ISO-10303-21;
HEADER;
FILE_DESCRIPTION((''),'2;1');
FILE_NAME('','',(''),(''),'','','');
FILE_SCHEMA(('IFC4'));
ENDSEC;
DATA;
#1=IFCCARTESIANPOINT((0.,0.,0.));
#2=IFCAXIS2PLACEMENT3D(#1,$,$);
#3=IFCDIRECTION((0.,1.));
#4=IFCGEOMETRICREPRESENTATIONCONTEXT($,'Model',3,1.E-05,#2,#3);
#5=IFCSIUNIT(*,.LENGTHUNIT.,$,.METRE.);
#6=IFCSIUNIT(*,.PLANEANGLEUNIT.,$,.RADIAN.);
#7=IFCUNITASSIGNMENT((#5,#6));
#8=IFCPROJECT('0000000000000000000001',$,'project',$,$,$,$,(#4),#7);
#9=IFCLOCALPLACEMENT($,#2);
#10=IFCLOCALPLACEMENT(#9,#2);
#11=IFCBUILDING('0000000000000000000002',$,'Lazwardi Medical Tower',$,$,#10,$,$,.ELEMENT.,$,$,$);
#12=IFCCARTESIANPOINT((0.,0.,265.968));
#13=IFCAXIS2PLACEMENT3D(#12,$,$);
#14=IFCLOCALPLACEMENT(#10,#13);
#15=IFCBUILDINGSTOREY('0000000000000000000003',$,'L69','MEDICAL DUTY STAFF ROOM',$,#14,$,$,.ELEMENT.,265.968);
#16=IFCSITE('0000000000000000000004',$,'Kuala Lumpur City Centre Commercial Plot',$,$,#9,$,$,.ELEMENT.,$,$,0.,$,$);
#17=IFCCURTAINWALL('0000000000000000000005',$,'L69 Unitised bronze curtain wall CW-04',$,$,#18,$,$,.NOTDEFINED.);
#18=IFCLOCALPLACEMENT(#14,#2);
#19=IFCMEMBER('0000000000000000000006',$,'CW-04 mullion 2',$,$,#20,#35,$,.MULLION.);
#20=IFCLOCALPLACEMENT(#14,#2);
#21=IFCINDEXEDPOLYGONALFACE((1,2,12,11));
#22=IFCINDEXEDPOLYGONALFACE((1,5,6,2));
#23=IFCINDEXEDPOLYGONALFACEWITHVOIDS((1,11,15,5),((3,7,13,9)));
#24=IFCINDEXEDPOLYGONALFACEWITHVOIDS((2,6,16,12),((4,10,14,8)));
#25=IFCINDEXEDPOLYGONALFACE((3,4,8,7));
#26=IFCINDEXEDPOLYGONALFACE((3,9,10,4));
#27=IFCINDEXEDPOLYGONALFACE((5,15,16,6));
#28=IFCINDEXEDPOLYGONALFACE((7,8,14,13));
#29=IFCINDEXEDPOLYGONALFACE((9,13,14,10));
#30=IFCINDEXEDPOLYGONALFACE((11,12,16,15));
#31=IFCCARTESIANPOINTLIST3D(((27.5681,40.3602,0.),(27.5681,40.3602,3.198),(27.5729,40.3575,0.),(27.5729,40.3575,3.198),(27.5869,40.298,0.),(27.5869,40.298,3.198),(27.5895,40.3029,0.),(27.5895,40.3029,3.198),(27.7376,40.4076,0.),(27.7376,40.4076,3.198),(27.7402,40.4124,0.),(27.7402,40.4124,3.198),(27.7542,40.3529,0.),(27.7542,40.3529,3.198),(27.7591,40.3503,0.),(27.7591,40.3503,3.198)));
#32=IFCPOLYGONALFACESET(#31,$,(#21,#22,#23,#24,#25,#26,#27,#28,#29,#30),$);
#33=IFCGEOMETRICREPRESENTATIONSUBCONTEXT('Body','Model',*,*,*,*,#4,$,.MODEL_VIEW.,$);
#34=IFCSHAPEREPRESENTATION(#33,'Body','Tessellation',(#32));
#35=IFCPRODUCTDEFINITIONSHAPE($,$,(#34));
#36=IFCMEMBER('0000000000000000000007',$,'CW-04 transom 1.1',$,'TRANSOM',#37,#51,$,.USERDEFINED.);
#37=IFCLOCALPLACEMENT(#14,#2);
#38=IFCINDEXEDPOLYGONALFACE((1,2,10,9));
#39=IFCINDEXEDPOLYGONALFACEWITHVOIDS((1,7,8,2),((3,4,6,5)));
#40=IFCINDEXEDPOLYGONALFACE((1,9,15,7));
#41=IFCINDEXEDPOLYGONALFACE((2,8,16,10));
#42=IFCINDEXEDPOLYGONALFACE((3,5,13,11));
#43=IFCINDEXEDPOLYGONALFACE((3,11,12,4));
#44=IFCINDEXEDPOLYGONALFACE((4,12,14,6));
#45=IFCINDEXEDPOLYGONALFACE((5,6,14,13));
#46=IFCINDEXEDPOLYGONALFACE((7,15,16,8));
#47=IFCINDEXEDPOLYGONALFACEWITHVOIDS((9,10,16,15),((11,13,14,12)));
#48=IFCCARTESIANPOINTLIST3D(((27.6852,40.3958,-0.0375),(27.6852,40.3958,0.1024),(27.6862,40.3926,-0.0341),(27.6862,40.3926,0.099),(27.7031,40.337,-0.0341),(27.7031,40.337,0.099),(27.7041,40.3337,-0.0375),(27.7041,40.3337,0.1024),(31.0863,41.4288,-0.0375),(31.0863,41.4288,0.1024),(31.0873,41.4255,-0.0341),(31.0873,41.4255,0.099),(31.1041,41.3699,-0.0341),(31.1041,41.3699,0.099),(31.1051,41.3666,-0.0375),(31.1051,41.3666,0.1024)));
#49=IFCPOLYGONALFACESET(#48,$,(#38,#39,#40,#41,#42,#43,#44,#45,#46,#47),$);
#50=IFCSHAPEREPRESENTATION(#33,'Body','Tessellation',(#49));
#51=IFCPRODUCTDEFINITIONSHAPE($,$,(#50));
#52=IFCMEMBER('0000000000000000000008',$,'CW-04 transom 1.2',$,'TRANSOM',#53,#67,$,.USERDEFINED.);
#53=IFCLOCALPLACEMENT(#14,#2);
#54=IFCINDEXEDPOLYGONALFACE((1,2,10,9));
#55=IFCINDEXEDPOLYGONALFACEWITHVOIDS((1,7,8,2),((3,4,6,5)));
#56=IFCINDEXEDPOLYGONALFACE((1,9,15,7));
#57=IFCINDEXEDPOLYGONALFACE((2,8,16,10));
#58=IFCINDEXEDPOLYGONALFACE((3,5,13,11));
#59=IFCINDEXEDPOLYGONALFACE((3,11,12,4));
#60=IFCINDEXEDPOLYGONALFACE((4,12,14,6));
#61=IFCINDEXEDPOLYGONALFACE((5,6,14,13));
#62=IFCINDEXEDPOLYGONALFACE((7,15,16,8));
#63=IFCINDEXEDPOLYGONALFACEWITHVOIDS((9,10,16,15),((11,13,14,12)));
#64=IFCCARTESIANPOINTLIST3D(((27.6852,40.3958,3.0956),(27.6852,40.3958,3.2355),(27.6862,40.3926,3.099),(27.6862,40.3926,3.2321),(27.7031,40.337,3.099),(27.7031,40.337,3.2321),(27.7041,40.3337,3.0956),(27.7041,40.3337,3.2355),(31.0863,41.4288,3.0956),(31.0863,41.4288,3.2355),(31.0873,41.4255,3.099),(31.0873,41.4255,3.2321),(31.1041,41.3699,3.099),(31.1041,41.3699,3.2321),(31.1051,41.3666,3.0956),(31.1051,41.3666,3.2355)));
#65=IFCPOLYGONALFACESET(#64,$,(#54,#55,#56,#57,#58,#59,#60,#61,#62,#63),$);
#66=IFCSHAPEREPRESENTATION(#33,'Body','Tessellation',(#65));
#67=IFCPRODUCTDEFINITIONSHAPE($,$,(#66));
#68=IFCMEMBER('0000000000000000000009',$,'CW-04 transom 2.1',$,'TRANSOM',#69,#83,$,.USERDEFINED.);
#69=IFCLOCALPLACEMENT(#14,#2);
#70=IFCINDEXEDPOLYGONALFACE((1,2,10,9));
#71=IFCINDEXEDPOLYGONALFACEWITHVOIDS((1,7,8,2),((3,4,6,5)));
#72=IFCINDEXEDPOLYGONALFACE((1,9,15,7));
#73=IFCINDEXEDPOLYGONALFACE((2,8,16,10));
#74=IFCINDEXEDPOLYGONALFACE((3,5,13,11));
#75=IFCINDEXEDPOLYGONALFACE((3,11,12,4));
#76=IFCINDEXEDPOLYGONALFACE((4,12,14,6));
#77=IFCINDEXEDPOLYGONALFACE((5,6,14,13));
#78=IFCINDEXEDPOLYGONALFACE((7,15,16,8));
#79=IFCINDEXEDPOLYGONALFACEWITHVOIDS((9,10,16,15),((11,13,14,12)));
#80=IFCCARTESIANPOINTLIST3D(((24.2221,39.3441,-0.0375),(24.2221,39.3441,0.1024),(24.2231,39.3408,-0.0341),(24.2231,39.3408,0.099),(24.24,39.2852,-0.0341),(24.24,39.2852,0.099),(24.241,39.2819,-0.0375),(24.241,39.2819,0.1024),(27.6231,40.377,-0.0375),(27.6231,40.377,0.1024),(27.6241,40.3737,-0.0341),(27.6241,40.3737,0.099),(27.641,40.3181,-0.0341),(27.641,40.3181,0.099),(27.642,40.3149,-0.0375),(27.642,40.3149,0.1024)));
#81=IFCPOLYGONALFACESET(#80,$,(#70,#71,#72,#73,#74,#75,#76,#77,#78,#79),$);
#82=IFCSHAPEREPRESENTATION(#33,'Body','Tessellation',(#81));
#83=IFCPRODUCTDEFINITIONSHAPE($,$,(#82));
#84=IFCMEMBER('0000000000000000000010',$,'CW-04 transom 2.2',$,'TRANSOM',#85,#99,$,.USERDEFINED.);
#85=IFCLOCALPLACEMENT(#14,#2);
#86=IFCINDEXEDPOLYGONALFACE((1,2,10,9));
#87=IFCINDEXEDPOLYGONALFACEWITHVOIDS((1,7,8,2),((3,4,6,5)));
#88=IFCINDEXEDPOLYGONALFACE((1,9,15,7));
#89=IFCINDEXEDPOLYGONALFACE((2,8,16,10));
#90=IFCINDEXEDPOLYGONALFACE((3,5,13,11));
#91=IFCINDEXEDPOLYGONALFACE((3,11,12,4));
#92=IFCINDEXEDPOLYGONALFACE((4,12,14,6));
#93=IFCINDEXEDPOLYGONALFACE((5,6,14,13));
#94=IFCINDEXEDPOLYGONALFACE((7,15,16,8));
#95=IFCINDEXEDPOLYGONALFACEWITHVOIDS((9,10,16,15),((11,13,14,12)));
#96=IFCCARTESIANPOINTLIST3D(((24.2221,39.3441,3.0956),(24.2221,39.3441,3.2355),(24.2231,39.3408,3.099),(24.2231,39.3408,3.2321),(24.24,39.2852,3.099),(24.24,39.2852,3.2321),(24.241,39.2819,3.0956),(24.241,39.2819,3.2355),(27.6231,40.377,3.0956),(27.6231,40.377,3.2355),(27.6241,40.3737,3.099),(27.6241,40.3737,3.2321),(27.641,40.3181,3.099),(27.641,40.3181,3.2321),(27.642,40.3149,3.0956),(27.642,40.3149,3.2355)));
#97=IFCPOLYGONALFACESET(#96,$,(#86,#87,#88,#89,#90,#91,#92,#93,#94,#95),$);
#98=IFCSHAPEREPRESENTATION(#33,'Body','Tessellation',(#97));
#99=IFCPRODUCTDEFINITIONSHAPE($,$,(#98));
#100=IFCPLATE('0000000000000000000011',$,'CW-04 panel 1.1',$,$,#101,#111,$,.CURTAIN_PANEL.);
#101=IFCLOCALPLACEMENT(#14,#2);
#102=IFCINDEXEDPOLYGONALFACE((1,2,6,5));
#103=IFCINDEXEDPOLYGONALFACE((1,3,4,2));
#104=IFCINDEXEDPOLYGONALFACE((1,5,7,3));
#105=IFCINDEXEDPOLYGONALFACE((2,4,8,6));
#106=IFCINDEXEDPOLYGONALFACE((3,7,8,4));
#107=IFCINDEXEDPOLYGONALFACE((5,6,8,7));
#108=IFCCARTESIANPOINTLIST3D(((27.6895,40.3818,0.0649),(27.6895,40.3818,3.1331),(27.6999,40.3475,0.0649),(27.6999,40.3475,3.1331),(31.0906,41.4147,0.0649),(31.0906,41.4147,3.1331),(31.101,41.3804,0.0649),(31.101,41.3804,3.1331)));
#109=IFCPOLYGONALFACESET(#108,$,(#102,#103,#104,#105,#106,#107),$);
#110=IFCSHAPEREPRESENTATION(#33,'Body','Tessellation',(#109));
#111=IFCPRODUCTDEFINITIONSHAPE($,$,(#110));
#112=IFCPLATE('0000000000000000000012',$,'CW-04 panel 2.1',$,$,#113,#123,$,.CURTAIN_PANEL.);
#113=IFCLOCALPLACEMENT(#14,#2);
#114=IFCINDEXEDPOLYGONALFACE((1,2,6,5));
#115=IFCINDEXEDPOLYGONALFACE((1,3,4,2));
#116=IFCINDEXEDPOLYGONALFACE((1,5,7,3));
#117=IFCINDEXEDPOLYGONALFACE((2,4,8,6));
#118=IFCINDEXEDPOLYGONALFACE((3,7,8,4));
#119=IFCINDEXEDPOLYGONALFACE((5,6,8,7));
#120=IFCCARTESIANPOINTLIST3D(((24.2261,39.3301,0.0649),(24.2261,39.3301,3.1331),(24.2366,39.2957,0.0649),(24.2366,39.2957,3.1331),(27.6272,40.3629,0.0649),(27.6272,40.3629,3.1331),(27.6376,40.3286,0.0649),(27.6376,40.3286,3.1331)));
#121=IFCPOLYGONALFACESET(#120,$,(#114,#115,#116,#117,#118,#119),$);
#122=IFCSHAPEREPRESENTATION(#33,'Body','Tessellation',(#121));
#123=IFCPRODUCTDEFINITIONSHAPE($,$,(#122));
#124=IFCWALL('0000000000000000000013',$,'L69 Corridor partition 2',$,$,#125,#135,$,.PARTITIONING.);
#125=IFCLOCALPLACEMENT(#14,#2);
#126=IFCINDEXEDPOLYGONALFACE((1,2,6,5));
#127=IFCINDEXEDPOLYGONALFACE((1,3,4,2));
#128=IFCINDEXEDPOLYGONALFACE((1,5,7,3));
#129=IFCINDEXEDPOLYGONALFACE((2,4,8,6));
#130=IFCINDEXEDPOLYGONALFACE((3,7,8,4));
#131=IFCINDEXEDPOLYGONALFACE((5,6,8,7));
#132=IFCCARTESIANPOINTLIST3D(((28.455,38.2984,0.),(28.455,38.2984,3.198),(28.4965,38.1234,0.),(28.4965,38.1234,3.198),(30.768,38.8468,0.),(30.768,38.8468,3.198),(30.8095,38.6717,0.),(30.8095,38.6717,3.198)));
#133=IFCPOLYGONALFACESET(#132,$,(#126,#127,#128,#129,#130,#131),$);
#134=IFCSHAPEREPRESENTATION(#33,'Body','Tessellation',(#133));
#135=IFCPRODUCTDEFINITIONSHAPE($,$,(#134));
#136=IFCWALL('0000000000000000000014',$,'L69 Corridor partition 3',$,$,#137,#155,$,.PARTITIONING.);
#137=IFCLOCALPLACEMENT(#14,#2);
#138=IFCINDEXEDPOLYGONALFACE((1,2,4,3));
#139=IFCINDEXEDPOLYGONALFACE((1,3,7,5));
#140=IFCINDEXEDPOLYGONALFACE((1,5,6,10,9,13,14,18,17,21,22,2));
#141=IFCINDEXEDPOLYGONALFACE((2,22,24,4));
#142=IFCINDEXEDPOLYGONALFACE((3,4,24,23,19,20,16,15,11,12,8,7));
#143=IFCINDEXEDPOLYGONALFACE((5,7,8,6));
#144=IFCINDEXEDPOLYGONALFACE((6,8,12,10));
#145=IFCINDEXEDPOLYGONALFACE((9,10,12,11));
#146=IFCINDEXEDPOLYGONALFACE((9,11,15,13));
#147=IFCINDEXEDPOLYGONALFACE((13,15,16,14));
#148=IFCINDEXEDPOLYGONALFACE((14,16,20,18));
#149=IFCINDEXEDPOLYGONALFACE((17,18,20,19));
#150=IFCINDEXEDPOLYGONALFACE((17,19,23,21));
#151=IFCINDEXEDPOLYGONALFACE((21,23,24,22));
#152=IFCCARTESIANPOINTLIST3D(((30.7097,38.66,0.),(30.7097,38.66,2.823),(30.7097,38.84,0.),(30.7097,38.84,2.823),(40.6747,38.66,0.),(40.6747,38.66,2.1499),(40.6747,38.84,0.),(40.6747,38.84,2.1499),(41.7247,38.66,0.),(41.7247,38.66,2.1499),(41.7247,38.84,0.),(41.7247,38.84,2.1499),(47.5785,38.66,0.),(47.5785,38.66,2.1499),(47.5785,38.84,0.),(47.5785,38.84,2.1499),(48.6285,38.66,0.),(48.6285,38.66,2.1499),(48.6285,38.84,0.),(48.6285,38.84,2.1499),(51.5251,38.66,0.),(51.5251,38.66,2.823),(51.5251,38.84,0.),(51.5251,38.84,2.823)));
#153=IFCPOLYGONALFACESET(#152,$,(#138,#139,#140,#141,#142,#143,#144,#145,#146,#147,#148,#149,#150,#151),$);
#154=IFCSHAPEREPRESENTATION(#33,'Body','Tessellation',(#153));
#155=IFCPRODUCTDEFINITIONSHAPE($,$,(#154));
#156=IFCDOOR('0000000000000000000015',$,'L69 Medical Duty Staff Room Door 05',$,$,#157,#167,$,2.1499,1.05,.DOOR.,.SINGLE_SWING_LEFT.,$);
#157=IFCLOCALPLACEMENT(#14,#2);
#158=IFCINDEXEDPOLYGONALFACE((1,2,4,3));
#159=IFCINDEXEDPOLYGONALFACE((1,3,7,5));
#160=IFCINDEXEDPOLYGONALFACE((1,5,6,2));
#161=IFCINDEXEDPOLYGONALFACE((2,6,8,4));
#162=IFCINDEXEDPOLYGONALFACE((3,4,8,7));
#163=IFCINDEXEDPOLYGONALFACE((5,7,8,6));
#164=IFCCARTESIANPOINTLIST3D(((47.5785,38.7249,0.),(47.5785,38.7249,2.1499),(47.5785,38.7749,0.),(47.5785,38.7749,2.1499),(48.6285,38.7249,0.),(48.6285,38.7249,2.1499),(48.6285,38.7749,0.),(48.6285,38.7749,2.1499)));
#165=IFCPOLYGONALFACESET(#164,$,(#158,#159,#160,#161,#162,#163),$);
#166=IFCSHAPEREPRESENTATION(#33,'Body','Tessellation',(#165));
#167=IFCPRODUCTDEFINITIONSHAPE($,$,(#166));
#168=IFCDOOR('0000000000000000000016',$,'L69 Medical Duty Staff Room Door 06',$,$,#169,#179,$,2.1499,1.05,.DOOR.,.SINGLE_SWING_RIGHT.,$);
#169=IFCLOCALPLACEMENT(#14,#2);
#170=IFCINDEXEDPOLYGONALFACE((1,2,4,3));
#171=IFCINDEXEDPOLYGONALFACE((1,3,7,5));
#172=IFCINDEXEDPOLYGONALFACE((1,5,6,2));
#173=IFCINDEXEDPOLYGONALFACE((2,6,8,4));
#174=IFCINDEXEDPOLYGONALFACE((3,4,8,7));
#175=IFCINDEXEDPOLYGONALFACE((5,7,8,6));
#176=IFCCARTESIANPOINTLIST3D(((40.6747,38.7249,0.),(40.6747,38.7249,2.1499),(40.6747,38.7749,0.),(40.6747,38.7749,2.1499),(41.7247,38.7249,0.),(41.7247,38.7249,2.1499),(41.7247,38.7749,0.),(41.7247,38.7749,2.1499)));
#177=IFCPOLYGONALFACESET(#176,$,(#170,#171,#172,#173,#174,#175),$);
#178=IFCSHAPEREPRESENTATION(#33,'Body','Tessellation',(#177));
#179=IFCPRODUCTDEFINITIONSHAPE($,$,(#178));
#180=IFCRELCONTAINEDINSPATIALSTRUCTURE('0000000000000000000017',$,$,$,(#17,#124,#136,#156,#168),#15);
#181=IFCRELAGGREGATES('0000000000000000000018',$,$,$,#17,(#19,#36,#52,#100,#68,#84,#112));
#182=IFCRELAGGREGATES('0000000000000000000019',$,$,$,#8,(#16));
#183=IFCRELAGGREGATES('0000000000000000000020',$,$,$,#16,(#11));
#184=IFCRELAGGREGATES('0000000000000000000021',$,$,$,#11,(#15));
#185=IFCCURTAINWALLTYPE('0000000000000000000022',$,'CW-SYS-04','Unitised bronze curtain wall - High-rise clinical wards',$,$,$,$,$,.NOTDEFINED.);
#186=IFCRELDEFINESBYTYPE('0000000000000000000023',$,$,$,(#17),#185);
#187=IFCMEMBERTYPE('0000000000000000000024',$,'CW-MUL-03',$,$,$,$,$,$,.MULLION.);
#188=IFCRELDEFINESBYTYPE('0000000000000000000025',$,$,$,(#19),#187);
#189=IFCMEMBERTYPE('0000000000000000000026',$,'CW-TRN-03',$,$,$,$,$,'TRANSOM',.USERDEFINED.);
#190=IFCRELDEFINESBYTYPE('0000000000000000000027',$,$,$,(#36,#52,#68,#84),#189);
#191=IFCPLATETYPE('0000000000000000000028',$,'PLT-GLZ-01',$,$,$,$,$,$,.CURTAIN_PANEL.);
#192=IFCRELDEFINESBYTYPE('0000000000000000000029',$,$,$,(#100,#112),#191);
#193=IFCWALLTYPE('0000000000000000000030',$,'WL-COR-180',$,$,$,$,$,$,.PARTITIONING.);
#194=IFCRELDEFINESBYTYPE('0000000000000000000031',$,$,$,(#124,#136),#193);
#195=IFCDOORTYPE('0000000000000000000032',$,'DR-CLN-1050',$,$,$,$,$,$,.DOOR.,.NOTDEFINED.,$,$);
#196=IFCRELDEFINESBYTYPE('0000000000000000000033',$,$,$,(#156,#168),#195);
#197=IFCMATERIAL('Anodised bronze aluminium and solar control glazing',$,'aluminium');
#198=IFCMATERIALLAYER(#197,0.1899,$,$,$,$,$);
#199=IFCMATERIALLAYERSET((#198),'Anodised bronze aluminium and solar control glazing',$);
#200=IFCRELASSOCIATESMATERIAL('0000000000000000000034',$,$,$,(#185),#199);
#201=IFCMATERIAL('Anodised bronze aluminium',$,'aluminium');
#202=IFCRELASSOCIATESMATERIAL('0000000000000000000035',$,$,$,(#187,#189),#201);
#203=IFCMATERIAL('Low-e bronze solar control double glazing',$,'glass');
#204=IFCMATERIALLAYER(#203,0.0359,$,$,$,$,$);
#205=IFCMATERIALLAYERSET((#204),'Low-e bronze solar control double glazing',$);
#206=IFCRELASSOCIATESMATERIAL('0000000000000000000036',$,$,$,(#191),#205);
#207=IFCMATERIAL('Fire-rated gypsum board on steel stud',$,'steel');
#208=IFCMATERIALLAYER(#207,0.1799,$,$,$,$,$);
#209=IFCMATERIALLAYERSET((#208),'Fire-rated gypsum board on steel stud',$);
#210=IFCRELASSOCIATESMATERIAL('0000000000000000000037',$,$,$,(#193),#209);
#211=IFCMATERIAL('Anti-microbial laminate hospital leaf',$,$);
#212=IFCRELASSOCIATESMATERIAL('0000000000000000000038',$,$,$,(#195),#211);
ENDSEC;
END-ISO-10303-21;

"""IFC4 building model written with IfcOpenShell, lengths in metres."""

from ifc_helpers import new_model, si_unit, direction, frame, frame_2d, origin, origin_2d, place, context, subcontext, project, spatial, rectangle, hollow_rectangle, extrude, material, layer, layer_set, material_profile, profile_set, type_object, element, fill, aggregate, save


model = new_model("IFC4")

# Units and contexts
model_context = context("Model", 3, precision=1e-05, world=origin(), true_north=direction((0.0, 1.0)))
body_context = subcontext(model_context, "Body", "Model", "MODEL_VIEW")
ifc_project = project(units=[si_unit("LENGTHUNIT", "METRE"), si_unit("PLANEANGLEUNIT", "RADIAN")], contexts=[model_context])

# Site, building, storey
site_placement = place(None, origin())
site = spatial("IfcSite", under=ifc_project, at=site_placement, Name="Kuala Lumpur City Centre Commercial Plot", CompositionType="ELEMENT", RefElevation=0.0)
building_placement = place(site_placement, origin())
building = spatial("IfcBuilding", under=site, at=building_placement, Name="Lazwardi Medical Tower", CompositionType="ELEMENT")
storey_placement = place(building_placement, frame((0.0, 0.0, 265.968)))
storey = spatial("IfcBuildingStorey", under=building, at=storey_placement, Name="L69", Description="MEDICAL DUTY STAFF ROOM", CompositionType="ELEMENT", Elevation=265.968)

# Curtain wall, members, plates
ifc_material_1 = material(Name="Anodised bronze aluminium and solar control glazing", Category="aluminium")
ifc_layer_1 = layer(ifc_material_1, 0.1899)
ifc_layer_set_1 = layer_set([ifc_layer_1], Name="Anodised bronze aluminium and solar control glazing")
curtain_wall_type = type_object("IfcCurtainWallType", Name="CW-SYS-04", Description="Unitised bronze curtain wall - High-rise clinical wards", PredefinedType="NOTDEFINED", material=ifc_layer_set_1)
curtain_wall_placement = place(storey_placement, origin())
curtain_wall = element("IfcCurtainWall", 1, at=curtain_wall_placement, inside=storey, type_object=curtain_wall_type, Name="L69 Unitised bronze curtain wall CW-04", PredefinedType="NOTDEFINED")
ifc_material_2 = material(Name="Anodised bronze aluminium", Category="aluminium")
ifc_material_profile_1 = material_profile(ifc_material_2, hollow_rectangle(XDim=0.0649, YDim=0.1799, WallThickness=0.0039, at=origin_2d()), Name="ALU-MULLION 180x65x4")
ifc_profile_set_1 = profile_set([ifc_material_profile_1], Name="Anodised bronze aluminium")
member_type_1 = type_object("IfcMemberType", Name="CW-MUL-03", PredefinedType="MULLION", material=ifc_profile_set_1)
member_1_placement = place(storey_placement, frame((27.6636, 40.3552, 0.0), z_axis=(0.0, 0.0, 1.0), x_axis=(0.290582, -0.95685, 0.0)))
member_1 = element("IfcMember", 2, at=member_1_placement, type_object=member_type_1, Name="CW-04 mullion 2", PredefinedType="MULLION", context=body_context, shape_type="SweptSolid", body=[
    extrude(hollow_rectangle(XDim=0.0649, YDim=0.1799, WallThickness=0.0039, at=origin_2d()), origin(), (0.0, 0.0, 1.0), 3.198),
])
ifc_material_profile_2 = material_profile(ifc_material_2, hollow_rectangle(XDim=0.0649, YDim=0.1399, WallThickness=0.0034, at=origin_2d()), Name="ALU-TRANSOM 140x65x3.5")
ifc_profile_set_2 = profile_set([ifc_material_profile_2], Name="Anodised bronze aluminium")
member_type_2 = type_object("IfcMemberType", Name="CW-TRN-03", ElementType="TRANSOM", PredefinedType="USERDEFINED", material=ifc_profile_set_2)
member_2_placement = place(storey_placement, frame((31.0957, 41.3977, 0.0325), z_axis=(-0.956843, -0.290604, 0.0), x_axis=(0.290604, -0.956843, 0.0)))
member_2 = element("IfcMember", 3, at=member_2_placement, type_object=member_type_2, Name="CW-04 transom 1.1", ObjectType="TRANSOM", PredefinedType="USERDEFINED", context=body_context, shape_type="SweptSolid", body=[
    extrude(hollow_rectangle(XDim=0.0649, YDim=0.1399, WallThickness=0.0034, at=origin_2d()), origin(), (0.0, 0.0, 1.0), 3.5544),
])
member_3_placement = place(storey_placement, frame((31.0957, 41.3977, 3.1655), z_axis=(-0.956843, -0.290604, 0.0), x_axis=(0.290604, -0.956843, 0.0)))
member_3 = element("IfcMember", 4, at=member_3_placement, type_object=member_type_2, Name="CW-04 transom 1.2", ObjectType="TRANSOM", PredefinedType="USERDEFINED", context=body_context, shape_type="SweptSolid", body=[
    extrude(hollow_rectangle(XDim=0.0649, YDim=0.1399, WallThickness=0.0034, at=origin_2d()), origin(), (0.0, 0.0, 1.0), 3.5544),
])
member_4_placement = place(storey_placement, frame((27.6326, 40.3459, 0.0325), z_axis=(-0.956843, -0.290604, 0.0), x_axis=(0.290604, -0.956843, 0.0)))
member_4 = element("IfcMember", 5, at=member_4_placement, type_object=member_type_2, Name="CW-04 transom 2.1", ObjectType="TRANSOM", PredefinedType="USERDEFINED", context=body_context, shape_type="SweptSolid", body=[
    extrude(hollow_rectangle(XDim=0.0649, YDim=0.1399, WallThickness=0.0034, at=origin_2d()), origin(), (0.0, 0.0, 1.0), 3.5544),
])
member_5_placement = place(storey_placement, frame((27.6326, 40.3459, 3.1655), z_axis=(-0.956843, -0.290604, 0.0), x_axis=(0.290604, -0.956843, 0.0)))
member_5 = element("IfcMember", 6, at=member_5_placement, type_object=member_type_2, Name="CW-04 transom 2.2", ObjectType="TRANSOM", PredefinedType="USERDEFINED", context=body_context, shape_type="SweptSolid", body=[
    extrude(hollow_rectangle(XDim=0.0649, YDim=0.1399, WallThickness=0.0034, at=origin_2d()), origin(), (0.0, 0.0, 1.0), 3.5544),
])
ifc_material_3 = material(Name="Low-e bronze solar control double glazing", Category="glass")
ifc_layer_2 = layer(ifc_material_3, 0.0359)
ifc_layer_set_2 = layer_set([ifc_layer_2], Name="Low-e bronze solar control double glazing")
plate_type = type_object("IfcPlateType", Name="PLT-GLZ-01", PredefinedType="CURTAIN_PANEL", material=ifc_layer_set_2)
plate_1_placement = place(storey_placement, frame((29.3953, 40.8811, 0.0649), z_axis=(0.0, 0.0, 1.0), x_axis=(-0.95685, -0.290582, 0.0)))
plate_1 = element("IfcPlate", 7, at=plate_1_placement, type_object=plate_type, Name="CW-04 panel 1.1", PredefinedType="CURTAIN_PANEL", context=body_context, shape_type="SweptSolid", body=[
    extrude(rectangle(XDim=3.5544, YDim=0.0359, at=origin_2d()), origin(), (0.0, 0.0, 1.0), 3.0681),
])
plate_2_placement = place(storey_placement, frame((25.9319, 39.8293, 0.0649), z_axis=(0.0, 0.0, 1.0), x_axis=(-0.95685, -0.290582, 0.0)))
plate_2 = element("IfcPlate", 8, at=plate_2_placement, type_object=plate_type, Name="CW-04 panel 2.1", PredefinedType="CURTAIN_PANEL", context=body_context, shape_type="SweptSolid", body=[
    extrude(rectangle(XDim=3.5544, YDim=0.0359, at=origin_2d()), origin(), (0.0, 0.0, 1.0), 3.0681),
])
aggregate(curtain_wall, [member_1, member_2, member_3, plate_1, member_4, member_5, plate_2])

# Wall
ifc_material_4 = material(Name="Fire-rated gypsum board on steel stud", Category="steel")
ifc_layer_3 = layer(ifc_material_4, 0.1799)
ifc_layer_set_3 = layer_set([ifc_layer_3], Name="Fire-rated gypsum board on steel stud")
wall_type_1 = type_object("IfcWallType", Name="WL-COR-180", PredefinedType="PARTITIONING", material=ifc_layer_set_3)
wall_1_placement = place(storey_placement, frame((28.4758, 38.2109, 0.0), z_axis=(0.0, 0.0, 1.0), x_axis=(0.973031, 0.230676, 0.0)))
element("IfcWall", 9, at=wall_1_placement, inside=storey, type_object=wall_type_1, Name="L69 Corridor partition 2", PredefinedType="PARTITIONING", context=body_context, shape_type="SweptSolid", body=[
    extrude(rectangle(XDim=2.3772, YDim=0.1799, at=frame_2d((1.1885, 0.0))), origin(), (0.0, 0.0, 1.0), 3.198),
])

# Wall, openings, doors
wall_2_placement = place(storey_placement, frame((30.7097, 38.75, 0.0), z_axis=(0.0, 0.0, 1.0), x_axis=(1.0, 0.0, 0.0)))
wall_2 = element("IfcWall", 10, at=wall_2_placement, inside=storey, type_object=wall_type_1, Name="L69 Corridor partition 3", PredefinedType="PARTITIONING", context=body_context, shape_type="SweptSolid", body=[
    extrude(rectangle(XDim=20.8154, YDim=0.1799, at=frame_2d((10.4077, 0.0))), origin(), (0.0, 0.0, 1.0), 2.823),
])
opening_1_placement = place(wall_2_placement, frame((16.8689, 0.0, 0.0)))
opening_1 = element("IfcOpeningElement", 11, at=opening_1_placement, cuts=wall_2, PredefinedType="OPENING", context=body_context, shape_type="SweptSolid", body=[
    extrude(rectangle(XDim=1.05, YDim=2.1499, at=frame_2d((0.5249, 1.075))), frame((0.0, 0.0999, 0.0), z_axis=(0.0, -1.0, 0.0), x_axis=(1.0, 0.0, 0.0)), (0.0, 0.0, 1.0), 0.2),
])
opening_2_placement = place(wall_2_placement, frame((9.9651, 0.0, 0.0)))
opening_2 = element("IfcOpeningElement", 12, at=opening_2_placement, cuts=wall_2, PredefinedType="OPENING", context=body_context, shape_type="SweptSolid", body=[
    extrude(rectangle(XDim=1.05, YDim=2.1499, at=frame_2d((0.5249, 1.075))), frame((0.0, 0.0999, 0.0), z_axis=(0.0, -1.0, 0.0), x_axis=(1.0, 0.0, 0.0)), (0.0, 0.0, 1.0), 0.2),
])
ifc_material_5 = material(Name="Anti-microbial laminate hospital leaf")
door_type = type_object("IfcDoorType", Name="DR-CLN-1050", OperationType="NOTDEFINED", PredefinedType="DOOR", material=ifc_material_5)
door_1_placement = place(opening_1_placement, origin())
door_1 = element("IfcDoor", 13, at=door_1_placement, inside=storey, type_object=door_type, Name="L69 Medical Duty Staff Room Door 05", OperationType="SINGLE_SWING_LEFT", OverallHeight=2.1499, OverallWidth=1.05, PredefinedType="DOOR", context=body_context, shape_type="SweptSolid", body=[
    extrude(rectangle(XDim=1.05, YDim=2.1499, at=frame_2d((0.5249, 1.075))), frame((0.0, 0.0249, 0.0), z_axis=(0.0, -1.0, 0.0), x_axis=(1.0, 0.0, 0.0)), (0.0, 0.0, 1.0), 0.05),
])
fill(opening_1, door_1)
door_2_placement = place(opening_2_placement, origin())
door_2 = element("IfcDoor", 14, at=door_2_placement, inside=storey, type_object=door_type, Name="L69 Medical Duty Staff Room Door 06", OperationType="SINGLE_SWING_RIGHT", OverallHeight=2.1499, OverallWidth=1.05, PredefinedType="DOOR", context=body_context, shape_type="SweptSolid", body=[
    extrude(rectangle(XDim=1.05, YDim=2.1499, at=frame_2d((0.5249, 1.075))), frame((0.0, 0.0249, 0.0), z_axis=(0.0, -1.0, 0.0), x_axis=(1.0, 0.0, 0.0)), (0.0, 0.0, 1.0), 0.05),
])
fill(opening_2, door_2)

save(model, "model.ifc")
